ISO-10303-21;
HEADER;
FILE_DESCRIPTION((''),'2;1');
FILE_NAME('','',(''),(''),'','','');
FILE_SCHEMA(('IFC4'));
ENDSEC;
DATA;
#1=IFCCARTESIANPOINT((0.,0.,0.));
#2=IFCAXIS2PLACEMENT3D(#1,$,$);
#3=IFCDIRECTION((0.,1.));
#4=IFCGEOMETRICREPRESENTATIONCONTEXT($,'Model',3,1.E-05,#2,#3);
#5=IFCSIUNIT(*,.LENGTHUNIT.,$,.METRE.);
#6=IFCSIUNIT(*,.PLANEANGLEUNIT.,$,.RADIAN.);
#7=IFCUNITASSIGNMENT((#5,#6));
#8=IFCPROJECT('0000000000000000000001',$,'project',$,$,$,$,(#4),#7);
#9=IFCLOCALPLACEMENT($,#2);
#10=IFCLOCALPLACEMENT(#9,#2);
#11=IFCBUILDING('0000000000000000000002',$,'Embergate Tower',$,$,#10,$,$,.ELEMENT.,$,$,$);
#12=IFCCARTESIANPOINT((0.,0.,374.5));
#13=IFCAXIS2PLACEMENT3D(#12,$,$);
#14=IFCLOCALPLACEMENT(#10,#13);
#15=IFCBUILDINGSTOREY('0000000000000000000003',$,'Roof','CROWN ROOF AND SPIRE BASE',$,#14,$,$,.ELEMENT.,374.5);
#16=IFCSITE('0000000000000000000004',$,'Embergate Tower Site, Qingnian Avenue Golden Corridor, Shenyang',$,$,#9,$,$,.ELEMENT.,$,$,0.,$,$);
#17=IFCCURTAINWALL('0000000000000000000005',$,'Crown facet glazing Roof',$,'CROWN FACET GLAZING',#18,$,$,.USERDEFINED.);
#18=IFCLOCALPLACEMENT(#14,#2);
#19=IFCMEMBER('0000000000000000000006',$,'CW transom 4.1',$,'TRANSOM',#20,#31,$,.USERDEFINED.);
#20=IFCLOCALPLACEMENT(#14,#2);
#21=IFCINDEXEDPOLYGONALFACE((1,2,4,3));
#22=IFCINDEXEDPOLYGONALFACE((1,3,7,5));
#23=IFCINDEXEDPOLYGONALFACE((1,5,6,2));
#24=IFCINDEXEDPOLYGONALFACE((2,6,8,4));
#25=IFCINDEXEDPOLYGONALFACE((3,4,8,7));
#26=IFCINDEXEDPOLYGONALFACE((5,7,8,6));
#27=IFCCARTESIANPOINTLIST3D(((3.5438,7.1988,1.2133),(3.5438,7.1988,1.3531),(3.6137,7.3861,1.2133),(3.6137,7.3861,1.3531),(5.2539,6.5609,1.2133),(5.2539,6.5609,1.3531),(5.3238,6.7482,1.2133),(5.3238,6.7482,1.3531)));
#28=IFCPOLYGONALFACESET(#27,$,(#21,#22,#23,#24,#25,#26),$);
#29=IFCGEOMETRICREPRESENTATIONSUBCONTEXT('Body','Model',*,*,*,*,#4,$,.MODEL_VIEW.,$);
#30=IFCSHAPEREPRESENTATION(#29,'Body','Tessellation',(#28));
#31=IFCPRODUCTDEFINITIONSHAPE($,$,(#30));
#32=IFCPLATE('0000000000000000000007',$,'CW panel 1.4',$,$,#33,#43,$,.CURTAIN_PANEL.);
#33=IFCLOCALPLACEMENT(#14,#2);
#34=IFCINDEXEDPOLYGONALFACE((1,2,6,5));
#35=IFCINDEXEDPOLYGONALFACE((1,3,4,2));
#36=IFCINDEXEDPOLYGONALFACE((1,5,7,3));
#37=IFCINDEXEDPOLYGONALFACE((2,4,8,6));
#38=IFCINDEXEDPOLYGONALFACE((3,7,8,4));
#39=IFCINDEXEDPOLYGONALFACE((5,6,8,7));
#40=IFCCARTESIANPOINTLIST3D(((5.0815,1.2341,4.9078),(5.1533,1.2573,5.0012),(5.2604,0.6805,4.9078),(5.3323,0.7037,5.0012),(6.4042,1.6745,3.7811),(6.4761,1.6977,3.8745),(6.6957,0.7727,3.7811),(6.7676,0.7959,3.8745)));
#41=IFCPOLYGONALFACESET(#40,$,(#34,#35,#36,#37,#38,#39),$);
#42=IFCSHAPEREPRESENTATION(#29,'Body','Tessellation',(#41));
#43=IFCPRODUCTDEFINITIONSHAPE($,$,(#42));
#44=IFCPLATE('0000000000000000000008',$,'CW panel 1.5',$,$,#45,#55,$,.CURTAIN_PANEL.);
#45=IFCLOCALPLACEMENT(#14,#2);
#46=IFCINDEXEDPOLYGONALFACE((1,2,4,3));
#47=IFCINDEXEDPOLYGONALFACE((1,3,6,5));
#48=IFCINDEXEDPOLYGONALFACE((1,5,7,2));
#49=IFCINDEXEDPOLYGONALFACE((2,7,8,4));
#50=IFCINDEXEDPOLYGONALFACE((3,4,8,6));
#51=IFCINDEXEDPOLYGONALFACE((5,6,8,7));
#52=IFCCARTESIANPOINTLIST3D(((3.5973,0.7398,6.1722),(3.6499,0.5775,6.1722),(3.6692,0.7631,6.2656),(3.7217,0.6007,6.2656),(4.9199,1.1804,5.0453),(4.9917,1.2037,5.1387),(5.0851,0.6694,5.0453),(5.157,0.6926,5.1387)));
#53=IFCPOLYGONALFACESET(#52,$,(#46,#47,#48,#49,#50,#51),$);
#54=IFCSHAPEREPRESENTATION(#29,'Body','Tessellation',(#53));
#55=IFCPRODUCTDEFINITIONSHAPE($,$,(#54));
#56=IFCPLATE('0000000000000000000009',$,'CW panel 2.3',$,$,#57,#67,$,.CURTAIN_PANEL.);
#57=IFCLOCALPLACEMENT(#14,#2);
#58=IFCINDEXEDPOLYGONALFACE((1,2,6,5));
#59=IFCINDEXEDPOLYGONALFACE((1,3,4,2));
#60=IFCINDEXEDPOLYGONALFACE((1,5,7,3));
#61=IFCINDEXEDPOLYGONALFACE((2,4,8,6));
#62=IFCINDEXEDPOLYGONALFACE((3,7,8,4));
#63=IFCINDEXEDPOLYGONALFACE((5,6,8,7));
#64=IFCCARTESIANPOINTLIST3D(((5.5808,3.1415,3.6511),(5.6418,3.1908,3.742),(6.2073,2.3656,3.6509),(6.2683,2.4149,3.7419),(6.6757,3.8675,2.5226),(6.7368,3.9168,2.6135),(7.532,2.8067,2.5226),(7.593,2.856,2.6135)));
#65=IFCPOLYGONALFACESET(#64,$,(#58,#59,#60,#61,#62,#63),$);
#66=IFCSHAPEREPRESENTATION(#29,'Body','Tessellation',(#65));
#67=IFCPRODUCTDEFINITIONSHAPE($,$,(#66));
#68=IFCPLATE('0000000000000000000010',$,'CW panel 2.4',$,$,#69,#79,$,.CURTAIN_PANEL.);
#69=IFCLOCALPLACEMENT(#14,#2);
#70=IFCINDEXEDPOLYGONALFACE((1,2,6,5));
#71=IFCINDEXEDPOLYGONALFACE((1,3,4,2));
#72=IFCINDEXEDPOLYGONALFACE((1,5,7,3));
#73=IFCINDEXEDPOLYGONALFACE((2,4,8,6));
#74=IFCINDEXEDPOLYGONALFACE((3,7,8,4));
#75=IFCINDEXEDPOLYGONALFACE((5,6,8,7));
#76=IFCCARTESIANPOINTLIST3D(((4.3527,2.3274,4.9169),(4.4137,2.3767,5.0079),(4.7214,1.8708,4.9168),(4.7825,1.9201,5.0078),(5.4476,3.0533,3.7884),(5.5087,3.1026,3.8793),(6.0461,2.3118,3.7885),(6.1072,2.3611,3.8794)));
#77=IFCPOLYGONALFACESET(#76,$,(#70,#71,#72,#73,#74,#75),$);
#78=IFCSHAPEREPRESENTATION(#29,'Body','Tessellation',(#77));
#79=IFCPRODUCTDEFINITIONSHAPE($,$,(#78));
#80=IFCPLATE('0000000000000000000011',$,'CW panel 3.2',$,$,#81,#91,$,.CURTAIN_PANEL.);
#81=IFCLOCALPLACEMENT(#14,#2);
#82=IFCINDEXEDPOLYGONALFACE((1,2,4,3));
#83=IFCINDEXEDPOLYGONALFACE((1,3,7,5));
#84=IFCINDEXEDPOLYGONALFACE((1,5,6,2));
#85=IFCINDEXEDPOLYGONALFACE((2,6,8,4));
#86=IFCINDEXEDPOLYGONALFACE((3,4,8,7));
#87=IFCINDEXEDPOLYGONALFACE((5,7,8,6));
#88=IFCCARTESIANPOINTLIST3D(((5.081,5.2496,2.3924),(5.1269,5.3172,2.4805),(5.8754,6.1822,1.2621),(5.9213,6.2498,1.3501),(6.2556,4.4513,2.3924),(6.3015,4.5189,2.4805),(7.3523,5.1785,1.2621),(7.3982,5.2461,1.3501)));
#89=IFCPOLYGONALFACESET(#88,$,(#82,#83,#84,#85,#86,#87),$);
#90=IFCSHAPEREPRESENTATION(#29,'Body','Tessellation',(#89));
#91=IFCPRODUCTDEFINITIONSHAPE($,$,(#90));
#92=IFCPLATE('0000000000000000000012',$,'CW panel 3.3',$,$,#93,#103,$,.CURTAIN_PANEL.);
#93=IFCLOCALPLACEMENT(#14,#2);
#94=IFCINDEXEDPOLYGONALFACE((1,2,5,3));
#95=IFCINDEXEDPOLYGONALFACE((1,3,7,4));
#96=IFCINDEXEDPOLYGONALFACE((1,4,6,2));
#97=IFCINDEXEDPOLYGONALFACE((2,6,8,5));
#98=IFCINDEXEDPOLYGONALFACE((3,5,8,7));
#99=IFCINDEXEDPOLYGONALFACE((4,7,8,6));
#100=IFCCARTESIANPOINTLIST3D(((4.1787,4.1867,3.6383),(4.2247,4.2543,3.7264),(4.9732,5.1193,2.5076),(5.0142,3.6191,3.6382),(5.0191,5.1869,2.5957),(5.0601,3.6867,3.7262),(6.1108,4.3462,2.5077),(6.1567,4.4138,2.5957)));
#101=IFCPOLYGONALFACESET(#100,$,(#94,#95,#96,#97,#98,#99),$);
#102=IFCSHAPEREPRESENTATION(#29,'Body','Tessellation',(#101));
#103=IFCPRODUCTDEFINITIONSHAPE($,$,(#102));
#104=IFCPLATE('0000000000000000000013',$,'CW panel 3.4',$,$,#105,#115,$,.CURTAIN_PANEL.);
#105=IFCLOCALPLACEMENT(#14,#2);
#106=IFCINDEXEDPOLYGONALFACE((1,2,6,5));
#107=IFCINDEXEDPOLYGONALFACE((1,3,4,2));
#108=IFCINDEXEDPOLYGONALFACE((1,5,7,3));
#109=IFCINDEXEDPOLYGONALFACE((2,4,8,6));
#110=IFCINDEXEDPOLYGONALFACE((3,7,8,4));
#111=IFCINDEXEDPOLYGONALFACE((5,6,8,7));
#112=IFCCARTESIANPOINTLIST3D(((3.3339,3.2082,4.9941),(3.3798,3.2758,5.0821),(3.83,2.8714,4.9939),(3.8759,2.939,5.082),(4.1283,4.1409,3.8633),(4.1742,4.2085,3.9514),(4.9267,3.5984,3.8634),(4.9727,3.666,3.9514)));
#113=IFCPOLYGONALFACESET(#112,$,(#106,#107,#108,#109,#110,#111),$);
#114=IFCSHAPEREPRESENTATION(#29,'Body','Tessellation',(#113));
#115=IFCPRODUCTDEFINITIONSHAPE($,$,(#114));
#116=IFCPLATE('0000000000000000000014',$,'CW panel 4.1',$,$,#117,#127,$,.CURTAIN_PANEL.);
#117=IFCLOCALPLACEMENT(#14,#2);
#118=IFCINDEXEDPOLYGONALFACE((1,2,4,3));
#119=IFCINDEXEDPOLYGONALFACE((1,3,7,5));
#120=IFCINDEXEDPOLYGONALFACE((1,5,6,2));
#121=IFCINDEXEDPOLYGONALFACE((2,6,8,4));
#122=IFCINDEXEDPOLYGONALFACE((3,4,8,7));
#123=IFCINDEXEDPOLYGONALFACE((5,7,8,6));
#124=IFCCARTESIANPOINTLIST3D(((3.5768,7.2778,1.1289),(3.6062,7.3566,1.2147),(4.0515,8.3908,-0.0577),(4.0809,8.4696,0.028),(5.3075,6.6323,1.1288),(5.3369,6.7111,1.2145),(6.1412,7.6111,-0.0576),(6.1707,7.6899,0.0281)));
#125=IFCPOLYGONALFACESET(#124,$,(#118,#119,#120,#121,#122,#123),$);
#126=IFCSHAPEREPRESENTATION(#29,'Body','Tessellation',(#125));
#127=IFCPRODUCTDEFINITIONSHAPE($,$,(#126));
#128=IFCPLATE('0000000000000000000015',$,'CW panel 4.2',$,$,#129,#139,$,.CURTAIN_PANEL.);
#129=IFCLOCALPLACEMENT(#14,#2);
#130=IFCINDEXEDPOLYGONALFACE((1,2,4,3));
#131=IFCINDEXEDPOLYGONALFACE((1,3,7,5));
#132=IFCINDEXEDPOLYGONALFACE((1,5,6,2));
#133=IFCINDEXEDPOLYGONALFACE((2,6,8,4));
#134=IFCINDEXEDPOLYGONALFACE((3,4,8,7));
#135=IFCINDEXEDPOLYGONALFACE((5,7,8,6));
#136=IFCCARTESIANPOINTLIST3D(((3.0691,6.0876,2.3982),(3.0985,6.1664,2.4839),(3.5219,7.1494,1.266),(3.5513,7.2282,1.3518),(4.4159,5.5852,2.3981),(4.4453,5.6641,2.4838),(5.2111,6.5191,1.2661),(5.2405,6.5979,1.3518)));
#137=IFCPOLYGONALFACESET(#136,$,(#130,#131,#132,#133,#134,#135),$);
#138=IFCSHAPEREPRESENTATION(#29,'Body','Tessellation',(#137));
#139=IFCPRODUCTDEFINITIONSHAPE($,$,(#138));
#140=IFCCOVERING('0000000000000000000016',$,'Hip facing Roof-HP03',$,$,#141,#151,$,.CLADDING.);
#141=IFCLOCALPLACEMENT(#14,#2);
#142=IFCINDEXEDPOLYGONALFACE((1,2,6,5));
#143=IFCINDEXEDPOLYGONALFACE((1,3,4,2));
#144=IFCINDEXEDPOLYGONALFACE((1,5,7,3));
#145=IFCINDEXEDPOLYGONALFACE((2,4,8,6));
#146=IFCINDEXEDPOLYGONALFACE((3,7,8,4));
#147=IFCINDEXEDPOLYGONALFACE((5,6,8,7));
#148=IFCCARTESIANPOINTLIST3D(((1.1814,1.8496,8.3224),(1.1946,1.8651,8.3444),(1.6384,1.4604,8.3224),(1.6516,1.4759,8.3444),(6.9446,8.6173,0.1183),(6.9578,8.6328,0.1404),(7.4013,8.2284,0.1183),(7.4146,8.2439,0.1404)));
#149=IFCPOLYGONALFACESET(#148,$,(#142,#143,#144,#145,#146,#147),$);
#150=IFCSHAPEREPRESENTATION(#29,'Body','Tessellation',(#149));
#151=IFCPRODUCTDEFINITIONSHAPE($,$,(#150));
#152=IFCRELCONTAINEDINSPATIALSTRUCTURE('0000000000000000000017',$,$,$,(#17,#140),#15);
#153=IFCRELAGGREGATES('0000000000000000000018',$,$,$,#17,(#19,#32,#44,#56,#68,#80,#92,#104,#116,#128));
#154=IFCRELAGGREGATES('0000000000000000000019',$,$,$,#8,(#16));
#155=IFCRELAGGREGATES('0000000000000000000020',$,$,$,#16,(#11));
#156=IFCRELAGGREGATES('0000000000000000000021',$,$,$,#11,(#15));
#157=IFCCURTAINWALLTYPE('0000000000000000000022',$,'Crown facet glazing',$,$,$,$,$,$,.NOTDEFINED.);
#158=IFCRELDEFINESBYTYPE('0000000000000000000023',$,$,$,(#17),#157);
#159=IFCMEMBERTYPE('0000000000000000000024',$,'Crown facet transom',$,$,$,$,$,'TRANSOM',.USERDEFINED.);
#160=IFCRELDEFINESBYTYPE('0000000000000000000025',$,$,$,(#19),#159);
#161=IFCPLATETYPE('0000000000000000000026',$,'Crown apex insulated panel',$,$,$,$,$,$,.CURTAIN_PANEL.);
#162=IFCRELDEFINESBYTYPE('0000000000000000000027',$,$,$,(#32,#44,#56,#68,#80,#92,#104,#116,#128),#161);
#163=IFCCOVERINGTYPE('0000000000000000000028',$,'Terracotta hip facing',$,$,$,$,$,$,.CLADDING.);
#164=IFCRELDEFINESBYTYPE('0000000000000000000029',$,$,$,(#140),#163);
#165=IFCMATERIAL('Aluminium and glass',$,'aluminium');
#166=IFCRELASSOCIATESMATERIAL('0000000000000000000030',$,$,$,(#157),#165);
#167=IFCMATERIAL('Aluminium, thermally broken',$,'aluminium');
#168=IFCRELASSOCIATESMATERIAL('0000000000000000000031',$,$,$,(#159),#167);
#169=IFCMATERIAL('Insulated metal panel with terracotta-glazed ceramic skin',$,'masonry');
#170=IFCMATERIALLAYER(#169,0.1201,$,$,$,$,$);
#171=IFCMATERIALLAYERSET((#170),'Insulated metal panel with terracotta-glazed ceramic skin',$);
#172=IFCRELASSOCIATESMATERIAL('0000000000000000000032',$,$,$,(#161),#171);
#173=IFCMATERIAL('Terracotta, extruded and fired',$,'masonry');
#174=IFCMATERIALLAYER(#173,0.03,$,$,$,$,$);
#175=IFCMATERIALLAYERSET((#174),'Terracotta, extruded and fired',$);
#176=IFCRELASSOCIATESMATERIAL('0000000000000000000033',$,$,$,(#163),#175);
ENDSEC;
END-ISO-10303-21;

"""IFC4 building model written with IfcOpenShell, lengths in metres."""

from ifc_helpers import new_model, si_unit, direction, frame, origin, origin_2d, place, context, subcontext, project, spatial, polyline, rectangle, outline, extrude, source, transform, mapped, material, layer, layer_set, material_profile, profile_set, type_object, element, aggregate, save


model = new_model("IFC4")

# Units and contexts
model_context = context("Model", 3, precision=1e-05, world=origin(), true_north=direction((0.0, 1.0)))
body_context = subcontext(model_context, "Body", "Model", "MODEL_VIEW")
ifc_project = project(units=[si_unit("LENGTHUNIT", "METRE"), si_unit("PLANEANGLEUNIT", "RADIAN")], contexts=[model_context])

# Site, building, storey
site_placement = place(None, origin())
site = spatial("IfcSite", under=ifc_project, at=site_placement, Name="Embergate Tower Site, Qingnian Avenue Golden Corridor, Shenyang", CompositionType="ELEMENT", RefElevation=0.0)
building_placement = place(site_placement, origin())
building = spatial("IfcBuilding", under=site, at=building_placement, Name="Embergate Tower", CompositionType="ELEMENT")
storey_placement = place(building_placement, frame((0.0, 0.0, 374.5)))
storey = spatial("IfcBuildingStorey", under=building, at=storey_placement, Name="Roof", Description="CROWN ROOF AND SPIRE BASE", CompositionType="ELEMENT", Elevation=374.5)

# Curtain wall, member, plates
ifc_material_1 = material(Name="Aluminium and glass", Category="aluminium")
curtain_wall_type = type_object("IfcCurtainWallType", Name="Crown facet glazing", PredefinedType="NOTDEFINED", material=ifc_material_1)
curtain_wall_placement = place(storey_placement, origin())
curtain_wall = element("IfcCurtainWall", 1, at=curtain_wall_placement, inside=storey, type_object=curtain_wall_type, Name="Crown facet glazing Roof", ObjectType="CROWN FACET GLAZING", PredefinedType="USERDEFINED")
ifc_material_2 = material(Name="Aluminium, thermally broken", Category="aluminium")
ifc_material_profile_1 = material_profile(ifc_material_2, rectangle(XDim=0.2, YDim=0.1399, at=origin_2d()), Name="AL 140x200")
ifc_profile_set_1 = profile_set([ifc_material_profile_1], Name="Aluminium, thermally broken")
member_type_1 = type_object("IfcMemberType", Name="Crown facet transom", ElementType="TRANSOM", PredefinedType="USERDEFINED", material=ifc_profile_set_1)
shared_shape_1 = source(origin(), body_context, "Body", "SweptSolid", [
    extrude(rectangle(XDim=0.2, YDim=0.1399, at=origin_2d()), origin(), (0.0, 0.0, 1.0), 1.8252),
])
member_1_placement = place(storey_placement, frame((5.2888, 6.6545, 1.2832), z_axis=(-0.936938, 0.349496, 0.0), x_axis=(-0.349496, -0.936938, 0.0)))
member_1 = element("IfcMember", 2, at=member_1_placement, type_object=member_type_1, Name="CW transom 4.1", ObjectType="TRANSOM", PredefinedType="USERDEFINED", context=body_context, shape_type="MappedRepresentation", body=[
    mapped(shared_shape_1, transform((0.0, 0.0, 0.0))),
])
ifc_material_3 = material(Name="Insulated metal panel with terracotta-glazed ceramic skin", Category="masonry")
ifc_layer_1 = layer(ifc_material_3, 0.1201)
ifc_layer_set_1 = layer_set([ifc_layer_1], Name="Insulated metal panel with terracotta-glazed ceramic skin")
plate_type = type_object("IfcPlateType", Name="Crown apex insulated panel", PredefinedType="CURTAIN_PANEL", material=ifc_layer_set_1)
shared_shape_2 = source(origin(), body_context, "Body", "SweptSolid", [
    extrude(outline(polyline([(0.0, 0.0), (0.9478, 0.0), (0.9355, 1.7925), (0.3538, 1.7925), (0.0, 0.0)])), origin(), (0.0, 0.0, -1.0), 0.1201),
])
plate_1_placement = place(storey_placement, frame((6.7676, 0.7959, 3.8745), z_axis=(0.59811, 0.19335, 0.77774), x_axis=(-0.307574, 0.951524, -0.000018)))
plate_1 = element("IfcPlate", 3, at=plate_1_placement, type_object=plate_type, Name="CW panel 1.4", PredefinedType="CURTAIN_PANEL", context=body_context, shape_type="MappedRepresentation", body=[
    mapped(shared_shape_2, transform((0.0, 0.0, 0.0))),
])
shared_shape_3 = source(origin(), body_context, "Body", "SweptSolid", [
    extrude(outline(polyline([(0.0, 0.0), (0.5371, 0.0), (0.5249, 1.7925), (0.3542, 1.7925), (0.0, 0.0)])), origin(), (0.0, 0.0, -1.0), 0.1201),
])
plate_2_placement = place(storey_placement, frame((5.157, 0.6926, 5.1387), z_axis=(0.598213, 0.193406, 0.777647), x_axis=(-0.307707, 0.951481, 0.000068)))
plate_2 = element("IfcPlate", 4, at=plate_2_placement, type_object=plate_type, Name="CW panel 1.5", PredefinedType="CURTAIN_PANEL", context=body_context, shape_type="MappedRepresentation", body=[
    mapped(shared_shape_3, transform((0.0, 0.0, 0.0))),
])
shared_shape_4 = source(origin(), body_context, "Body", "SweptSolid", [
    extrude(outline(polyline([(0.0, 0.0), (1.3633, 0.0), (1.4861, 1.7275), (0.4888, 1.7273), (0.0, 0.0)])), origin(), (0.0, 0.0, -1.0), 0.1201),
])
plate_3_placement = place(storey_placement, frame((7.593, 2.856, 2.6135), z_axis=(0.508317, 0.410288, 0.757151), x_axis=(-0.628078, 0.778151, -0.000005)))
plate_3 = element("IfcPlate", 5, at=plate_3_placement, type_object=plate_type, Name="CW panel 2.3", PredefinedType="CURTAIN_PANEL", context=body_context, shape_type="MappedRepresentation", body=[
    mapped(shared_shape_4, transform((0.0, 0.0, 0.0))),
])
shared_shape_5 = source(origin(), body_context, "Body", "SweptSolid", [
    extrude(outline(polyline([(0.0, 0.0), (0.9529, 0.0), (1.0757, 1.7275), (0.4888, 1.7273), (0.0, 0.0)])), origin(), (0.0, 0.0, -1.0), 0.1201),
])
plate_4_placement = place(storey_placement, frame((6.1072, 2.3611, 3.8794), z_axis=(0.508321, 0.410324, 0.757129), x_axis=(-0.628067, 0.77816, -0.00005)))
plate_4 = element("IfcPlate", 6, at=plate_4_placement, type_object=plate_type, Name="CW panel 2.4", PredefinedType="CURTAIN_PANEL", context=body_context, shape_type="MappedRepresentation", body=[
    mapped(shared_shape_5, transform((0.0, 0.0, 0.0))),
])
shared_shape_6 = source(origin(), body_context, "Body", "SweptSolid", [
    extrude(outline(polyline([(0.0, 0.0), (1.7856, 0.0), (1.9185, 1.6616), (0.4983, 1.6616), (0.0, 0.0)])), origin(), (0.0, 0.0, -1.0), 0.1201),
])
plate_5_placement = place(storey_placement, frame((7.3982, 5.2461, 1.3501), z_axis=(0.382387, 0.562623, 0.732964), x_axis=(-0.827068, 0.562102, 0.000011)))
plate_5 = element("IfcPlate", 7, at=plate_5_placement, type_object=plate_type, Name="CW panel 3.2", PredefinedType="CURTAIN_PANEL", context=body_context, shape_type="MappedRepresentation", body=[
    mapped(shared_shape_6, transform((0.0, 0.0, 0.0))),
])
shared_shape_7 = source(origin(), body_context, "Body", "SweptSolid", [
    extrude(outline(polyline([(0.0, 0.0), (1.3755, 0.0), (1.5083, 1.6619), (0.4983, 1.6616), (0.0, 0.0)])), origin(), (0.0, 0.0, -1.0), 0.1201),
])
plate_6_placement = place(storey_placement, frame((6.1567, 4.4138, 2.5957), z_axis=(0.382408, 0.56275, 0.732855), x_axis=(-0.827089, 0.562071, -0.000027)))
plate_6 = element("IfcPlate", 8, at=plate_6_placement, type_object=plate_type, Name="CW panel 3.3", PredefinedType="CURTAIN_PANEL", context=body_context, shape_type="MappedRepresentation", body=[
    mapped(shared_shape_7, transform((0.0, 0.0, 0.0))),
])
shared_shape_8 = source(origin(), body_context, "Body", "SweptSolid", [
    extrude(outline(polyline([(0.0, 0.0), (0.9653, 0.0), (1.0981, 1.6619), (0.4985, 1.6616), (0.0, 0.0)])), origin(), (0.0, 0.0, -1.0), 0.1201),
])
plate_7_placement = place(storey_placement, frame((4.9727, 3.666, 3.9514), z_axis=(0.382349, 0.562803, 0.732845), x_axis=(-0.82714, 0.561995, -0.000049)))
plate_7 = element("IfcPlate", 9, at=plate_7_placement, type_object=plate_type, Name="CW panel 3.4", PredefinedType="CURTAIN_PANEL", context=body_context, shape_type="MappedRepresentation", body=[
    mapped(shared_shape_8, transform((0.0, 0.0, 0.0))),
])
shared_shape_9 = source(origin(), body_context, "Body", "SweptSolid", [
    extrude(outline(polyline([(0.0, 0.0), (2.2305, 0.0), (2.2861, 1.6938), (0.439, 1.6936), (0.0, 0.0)])), origin(), (0.0, 0.0, -1.0), 0.1201),
])
plate_8_placement = place(storey_placement, frame((6.1707, 7.6899, 0.0281), z_axis=(0.244867, 0.656377, 0.713589), x_axis=(-0.936914, 0.349559, -0.000032)))
plate_8 = element("IfcPlate", 10, at=plate_8_placement, type_object=plate_type, Name="CW panel 4.1", PredefinedType="CURTAIN_PANEL", context=body_context, shape_type="MappedRepresentation", body=[
    mapped(shared_shape_9, transform((0.0, 0.0, 0.0))),
])
shared_shape_10 = source(origin(), body_context, "Body", "SweptSolid", [
    extrude(outline(polyline([(0.0, 0.0), (1.803, 0.0), (1.856, 1.616), (0.4185, 1.6157), (0.0, 0.0)])), origin(), (0.0, 0.0, -1.0), 0.1201),
])
plate_9_placement = place(storey_placement, frame((5.2405, 6.5979, 1.3518), z_axis=(0.244912, 0.656405, 0.713548), x_axis=(-0.9369, 0.349598, -0.000029)))
plate_9 = element("IfcPlate", 11, at=plate_9_placement, type_object=plate_type, Name="CW panel 4.2", PredefinedType="CURTAIN_PANEL", context=body_context, shape_type="MappedRepresentation", body=[
    mapped(shared_shape_10, transform((0.0, 0.0, 0.0))),
])
aggregate(curtain_wall, [member_1, plate_1, plate_2, plate_3, plate_4, plate_5, plate_6, plate_7, plate_8, plate_9])

# Covering
ifc_material_4 = material(Name="Terracotta, extruded and fired", Category="masonry")
ifc_layer_2 = layer(ifc_material_4, 0.03)
ifc_layer_set_2 = layer_set([ifc_layer_2], Name="Terracotta, extruded and fired")
covering_type = type_object("IfcCoveringType", Name="Terracotta hip facing", PredefinedType="CLADDING", material=ifc_layer_set_2)
shared_shape_11 = source(origin(), body_context, "Body", "SweptSolid", [
    extrude(outline(polyline([(0.0, 0.0), (12.0964, 0.0), (12.0964, -0.6003), (0.0, -0.5999), (0.0, 0.0)])), origin(), (0.0, 0.0, -1.0), 0.03),
])
covering_placement = place(storey_placement, frame((7.4146, 8.2439, 0.1404), z_axis=(0.439685, 0.516392, 0.734858), x_axis=(-0.476413, -0.559505, 0.678221)))
element("IfcCovering", 12, at=covering_placement, inside=storey, type_object=covering_type, Name="Hip facing Roof-HP03", PredefinedType="CLADDING", context=body_context, shape_type="MappedRepresentation", body=[
    mapped(shared_shape_11, transform((0.0, 0.0, 0.0))),
])

save(model, "model.ifc")
